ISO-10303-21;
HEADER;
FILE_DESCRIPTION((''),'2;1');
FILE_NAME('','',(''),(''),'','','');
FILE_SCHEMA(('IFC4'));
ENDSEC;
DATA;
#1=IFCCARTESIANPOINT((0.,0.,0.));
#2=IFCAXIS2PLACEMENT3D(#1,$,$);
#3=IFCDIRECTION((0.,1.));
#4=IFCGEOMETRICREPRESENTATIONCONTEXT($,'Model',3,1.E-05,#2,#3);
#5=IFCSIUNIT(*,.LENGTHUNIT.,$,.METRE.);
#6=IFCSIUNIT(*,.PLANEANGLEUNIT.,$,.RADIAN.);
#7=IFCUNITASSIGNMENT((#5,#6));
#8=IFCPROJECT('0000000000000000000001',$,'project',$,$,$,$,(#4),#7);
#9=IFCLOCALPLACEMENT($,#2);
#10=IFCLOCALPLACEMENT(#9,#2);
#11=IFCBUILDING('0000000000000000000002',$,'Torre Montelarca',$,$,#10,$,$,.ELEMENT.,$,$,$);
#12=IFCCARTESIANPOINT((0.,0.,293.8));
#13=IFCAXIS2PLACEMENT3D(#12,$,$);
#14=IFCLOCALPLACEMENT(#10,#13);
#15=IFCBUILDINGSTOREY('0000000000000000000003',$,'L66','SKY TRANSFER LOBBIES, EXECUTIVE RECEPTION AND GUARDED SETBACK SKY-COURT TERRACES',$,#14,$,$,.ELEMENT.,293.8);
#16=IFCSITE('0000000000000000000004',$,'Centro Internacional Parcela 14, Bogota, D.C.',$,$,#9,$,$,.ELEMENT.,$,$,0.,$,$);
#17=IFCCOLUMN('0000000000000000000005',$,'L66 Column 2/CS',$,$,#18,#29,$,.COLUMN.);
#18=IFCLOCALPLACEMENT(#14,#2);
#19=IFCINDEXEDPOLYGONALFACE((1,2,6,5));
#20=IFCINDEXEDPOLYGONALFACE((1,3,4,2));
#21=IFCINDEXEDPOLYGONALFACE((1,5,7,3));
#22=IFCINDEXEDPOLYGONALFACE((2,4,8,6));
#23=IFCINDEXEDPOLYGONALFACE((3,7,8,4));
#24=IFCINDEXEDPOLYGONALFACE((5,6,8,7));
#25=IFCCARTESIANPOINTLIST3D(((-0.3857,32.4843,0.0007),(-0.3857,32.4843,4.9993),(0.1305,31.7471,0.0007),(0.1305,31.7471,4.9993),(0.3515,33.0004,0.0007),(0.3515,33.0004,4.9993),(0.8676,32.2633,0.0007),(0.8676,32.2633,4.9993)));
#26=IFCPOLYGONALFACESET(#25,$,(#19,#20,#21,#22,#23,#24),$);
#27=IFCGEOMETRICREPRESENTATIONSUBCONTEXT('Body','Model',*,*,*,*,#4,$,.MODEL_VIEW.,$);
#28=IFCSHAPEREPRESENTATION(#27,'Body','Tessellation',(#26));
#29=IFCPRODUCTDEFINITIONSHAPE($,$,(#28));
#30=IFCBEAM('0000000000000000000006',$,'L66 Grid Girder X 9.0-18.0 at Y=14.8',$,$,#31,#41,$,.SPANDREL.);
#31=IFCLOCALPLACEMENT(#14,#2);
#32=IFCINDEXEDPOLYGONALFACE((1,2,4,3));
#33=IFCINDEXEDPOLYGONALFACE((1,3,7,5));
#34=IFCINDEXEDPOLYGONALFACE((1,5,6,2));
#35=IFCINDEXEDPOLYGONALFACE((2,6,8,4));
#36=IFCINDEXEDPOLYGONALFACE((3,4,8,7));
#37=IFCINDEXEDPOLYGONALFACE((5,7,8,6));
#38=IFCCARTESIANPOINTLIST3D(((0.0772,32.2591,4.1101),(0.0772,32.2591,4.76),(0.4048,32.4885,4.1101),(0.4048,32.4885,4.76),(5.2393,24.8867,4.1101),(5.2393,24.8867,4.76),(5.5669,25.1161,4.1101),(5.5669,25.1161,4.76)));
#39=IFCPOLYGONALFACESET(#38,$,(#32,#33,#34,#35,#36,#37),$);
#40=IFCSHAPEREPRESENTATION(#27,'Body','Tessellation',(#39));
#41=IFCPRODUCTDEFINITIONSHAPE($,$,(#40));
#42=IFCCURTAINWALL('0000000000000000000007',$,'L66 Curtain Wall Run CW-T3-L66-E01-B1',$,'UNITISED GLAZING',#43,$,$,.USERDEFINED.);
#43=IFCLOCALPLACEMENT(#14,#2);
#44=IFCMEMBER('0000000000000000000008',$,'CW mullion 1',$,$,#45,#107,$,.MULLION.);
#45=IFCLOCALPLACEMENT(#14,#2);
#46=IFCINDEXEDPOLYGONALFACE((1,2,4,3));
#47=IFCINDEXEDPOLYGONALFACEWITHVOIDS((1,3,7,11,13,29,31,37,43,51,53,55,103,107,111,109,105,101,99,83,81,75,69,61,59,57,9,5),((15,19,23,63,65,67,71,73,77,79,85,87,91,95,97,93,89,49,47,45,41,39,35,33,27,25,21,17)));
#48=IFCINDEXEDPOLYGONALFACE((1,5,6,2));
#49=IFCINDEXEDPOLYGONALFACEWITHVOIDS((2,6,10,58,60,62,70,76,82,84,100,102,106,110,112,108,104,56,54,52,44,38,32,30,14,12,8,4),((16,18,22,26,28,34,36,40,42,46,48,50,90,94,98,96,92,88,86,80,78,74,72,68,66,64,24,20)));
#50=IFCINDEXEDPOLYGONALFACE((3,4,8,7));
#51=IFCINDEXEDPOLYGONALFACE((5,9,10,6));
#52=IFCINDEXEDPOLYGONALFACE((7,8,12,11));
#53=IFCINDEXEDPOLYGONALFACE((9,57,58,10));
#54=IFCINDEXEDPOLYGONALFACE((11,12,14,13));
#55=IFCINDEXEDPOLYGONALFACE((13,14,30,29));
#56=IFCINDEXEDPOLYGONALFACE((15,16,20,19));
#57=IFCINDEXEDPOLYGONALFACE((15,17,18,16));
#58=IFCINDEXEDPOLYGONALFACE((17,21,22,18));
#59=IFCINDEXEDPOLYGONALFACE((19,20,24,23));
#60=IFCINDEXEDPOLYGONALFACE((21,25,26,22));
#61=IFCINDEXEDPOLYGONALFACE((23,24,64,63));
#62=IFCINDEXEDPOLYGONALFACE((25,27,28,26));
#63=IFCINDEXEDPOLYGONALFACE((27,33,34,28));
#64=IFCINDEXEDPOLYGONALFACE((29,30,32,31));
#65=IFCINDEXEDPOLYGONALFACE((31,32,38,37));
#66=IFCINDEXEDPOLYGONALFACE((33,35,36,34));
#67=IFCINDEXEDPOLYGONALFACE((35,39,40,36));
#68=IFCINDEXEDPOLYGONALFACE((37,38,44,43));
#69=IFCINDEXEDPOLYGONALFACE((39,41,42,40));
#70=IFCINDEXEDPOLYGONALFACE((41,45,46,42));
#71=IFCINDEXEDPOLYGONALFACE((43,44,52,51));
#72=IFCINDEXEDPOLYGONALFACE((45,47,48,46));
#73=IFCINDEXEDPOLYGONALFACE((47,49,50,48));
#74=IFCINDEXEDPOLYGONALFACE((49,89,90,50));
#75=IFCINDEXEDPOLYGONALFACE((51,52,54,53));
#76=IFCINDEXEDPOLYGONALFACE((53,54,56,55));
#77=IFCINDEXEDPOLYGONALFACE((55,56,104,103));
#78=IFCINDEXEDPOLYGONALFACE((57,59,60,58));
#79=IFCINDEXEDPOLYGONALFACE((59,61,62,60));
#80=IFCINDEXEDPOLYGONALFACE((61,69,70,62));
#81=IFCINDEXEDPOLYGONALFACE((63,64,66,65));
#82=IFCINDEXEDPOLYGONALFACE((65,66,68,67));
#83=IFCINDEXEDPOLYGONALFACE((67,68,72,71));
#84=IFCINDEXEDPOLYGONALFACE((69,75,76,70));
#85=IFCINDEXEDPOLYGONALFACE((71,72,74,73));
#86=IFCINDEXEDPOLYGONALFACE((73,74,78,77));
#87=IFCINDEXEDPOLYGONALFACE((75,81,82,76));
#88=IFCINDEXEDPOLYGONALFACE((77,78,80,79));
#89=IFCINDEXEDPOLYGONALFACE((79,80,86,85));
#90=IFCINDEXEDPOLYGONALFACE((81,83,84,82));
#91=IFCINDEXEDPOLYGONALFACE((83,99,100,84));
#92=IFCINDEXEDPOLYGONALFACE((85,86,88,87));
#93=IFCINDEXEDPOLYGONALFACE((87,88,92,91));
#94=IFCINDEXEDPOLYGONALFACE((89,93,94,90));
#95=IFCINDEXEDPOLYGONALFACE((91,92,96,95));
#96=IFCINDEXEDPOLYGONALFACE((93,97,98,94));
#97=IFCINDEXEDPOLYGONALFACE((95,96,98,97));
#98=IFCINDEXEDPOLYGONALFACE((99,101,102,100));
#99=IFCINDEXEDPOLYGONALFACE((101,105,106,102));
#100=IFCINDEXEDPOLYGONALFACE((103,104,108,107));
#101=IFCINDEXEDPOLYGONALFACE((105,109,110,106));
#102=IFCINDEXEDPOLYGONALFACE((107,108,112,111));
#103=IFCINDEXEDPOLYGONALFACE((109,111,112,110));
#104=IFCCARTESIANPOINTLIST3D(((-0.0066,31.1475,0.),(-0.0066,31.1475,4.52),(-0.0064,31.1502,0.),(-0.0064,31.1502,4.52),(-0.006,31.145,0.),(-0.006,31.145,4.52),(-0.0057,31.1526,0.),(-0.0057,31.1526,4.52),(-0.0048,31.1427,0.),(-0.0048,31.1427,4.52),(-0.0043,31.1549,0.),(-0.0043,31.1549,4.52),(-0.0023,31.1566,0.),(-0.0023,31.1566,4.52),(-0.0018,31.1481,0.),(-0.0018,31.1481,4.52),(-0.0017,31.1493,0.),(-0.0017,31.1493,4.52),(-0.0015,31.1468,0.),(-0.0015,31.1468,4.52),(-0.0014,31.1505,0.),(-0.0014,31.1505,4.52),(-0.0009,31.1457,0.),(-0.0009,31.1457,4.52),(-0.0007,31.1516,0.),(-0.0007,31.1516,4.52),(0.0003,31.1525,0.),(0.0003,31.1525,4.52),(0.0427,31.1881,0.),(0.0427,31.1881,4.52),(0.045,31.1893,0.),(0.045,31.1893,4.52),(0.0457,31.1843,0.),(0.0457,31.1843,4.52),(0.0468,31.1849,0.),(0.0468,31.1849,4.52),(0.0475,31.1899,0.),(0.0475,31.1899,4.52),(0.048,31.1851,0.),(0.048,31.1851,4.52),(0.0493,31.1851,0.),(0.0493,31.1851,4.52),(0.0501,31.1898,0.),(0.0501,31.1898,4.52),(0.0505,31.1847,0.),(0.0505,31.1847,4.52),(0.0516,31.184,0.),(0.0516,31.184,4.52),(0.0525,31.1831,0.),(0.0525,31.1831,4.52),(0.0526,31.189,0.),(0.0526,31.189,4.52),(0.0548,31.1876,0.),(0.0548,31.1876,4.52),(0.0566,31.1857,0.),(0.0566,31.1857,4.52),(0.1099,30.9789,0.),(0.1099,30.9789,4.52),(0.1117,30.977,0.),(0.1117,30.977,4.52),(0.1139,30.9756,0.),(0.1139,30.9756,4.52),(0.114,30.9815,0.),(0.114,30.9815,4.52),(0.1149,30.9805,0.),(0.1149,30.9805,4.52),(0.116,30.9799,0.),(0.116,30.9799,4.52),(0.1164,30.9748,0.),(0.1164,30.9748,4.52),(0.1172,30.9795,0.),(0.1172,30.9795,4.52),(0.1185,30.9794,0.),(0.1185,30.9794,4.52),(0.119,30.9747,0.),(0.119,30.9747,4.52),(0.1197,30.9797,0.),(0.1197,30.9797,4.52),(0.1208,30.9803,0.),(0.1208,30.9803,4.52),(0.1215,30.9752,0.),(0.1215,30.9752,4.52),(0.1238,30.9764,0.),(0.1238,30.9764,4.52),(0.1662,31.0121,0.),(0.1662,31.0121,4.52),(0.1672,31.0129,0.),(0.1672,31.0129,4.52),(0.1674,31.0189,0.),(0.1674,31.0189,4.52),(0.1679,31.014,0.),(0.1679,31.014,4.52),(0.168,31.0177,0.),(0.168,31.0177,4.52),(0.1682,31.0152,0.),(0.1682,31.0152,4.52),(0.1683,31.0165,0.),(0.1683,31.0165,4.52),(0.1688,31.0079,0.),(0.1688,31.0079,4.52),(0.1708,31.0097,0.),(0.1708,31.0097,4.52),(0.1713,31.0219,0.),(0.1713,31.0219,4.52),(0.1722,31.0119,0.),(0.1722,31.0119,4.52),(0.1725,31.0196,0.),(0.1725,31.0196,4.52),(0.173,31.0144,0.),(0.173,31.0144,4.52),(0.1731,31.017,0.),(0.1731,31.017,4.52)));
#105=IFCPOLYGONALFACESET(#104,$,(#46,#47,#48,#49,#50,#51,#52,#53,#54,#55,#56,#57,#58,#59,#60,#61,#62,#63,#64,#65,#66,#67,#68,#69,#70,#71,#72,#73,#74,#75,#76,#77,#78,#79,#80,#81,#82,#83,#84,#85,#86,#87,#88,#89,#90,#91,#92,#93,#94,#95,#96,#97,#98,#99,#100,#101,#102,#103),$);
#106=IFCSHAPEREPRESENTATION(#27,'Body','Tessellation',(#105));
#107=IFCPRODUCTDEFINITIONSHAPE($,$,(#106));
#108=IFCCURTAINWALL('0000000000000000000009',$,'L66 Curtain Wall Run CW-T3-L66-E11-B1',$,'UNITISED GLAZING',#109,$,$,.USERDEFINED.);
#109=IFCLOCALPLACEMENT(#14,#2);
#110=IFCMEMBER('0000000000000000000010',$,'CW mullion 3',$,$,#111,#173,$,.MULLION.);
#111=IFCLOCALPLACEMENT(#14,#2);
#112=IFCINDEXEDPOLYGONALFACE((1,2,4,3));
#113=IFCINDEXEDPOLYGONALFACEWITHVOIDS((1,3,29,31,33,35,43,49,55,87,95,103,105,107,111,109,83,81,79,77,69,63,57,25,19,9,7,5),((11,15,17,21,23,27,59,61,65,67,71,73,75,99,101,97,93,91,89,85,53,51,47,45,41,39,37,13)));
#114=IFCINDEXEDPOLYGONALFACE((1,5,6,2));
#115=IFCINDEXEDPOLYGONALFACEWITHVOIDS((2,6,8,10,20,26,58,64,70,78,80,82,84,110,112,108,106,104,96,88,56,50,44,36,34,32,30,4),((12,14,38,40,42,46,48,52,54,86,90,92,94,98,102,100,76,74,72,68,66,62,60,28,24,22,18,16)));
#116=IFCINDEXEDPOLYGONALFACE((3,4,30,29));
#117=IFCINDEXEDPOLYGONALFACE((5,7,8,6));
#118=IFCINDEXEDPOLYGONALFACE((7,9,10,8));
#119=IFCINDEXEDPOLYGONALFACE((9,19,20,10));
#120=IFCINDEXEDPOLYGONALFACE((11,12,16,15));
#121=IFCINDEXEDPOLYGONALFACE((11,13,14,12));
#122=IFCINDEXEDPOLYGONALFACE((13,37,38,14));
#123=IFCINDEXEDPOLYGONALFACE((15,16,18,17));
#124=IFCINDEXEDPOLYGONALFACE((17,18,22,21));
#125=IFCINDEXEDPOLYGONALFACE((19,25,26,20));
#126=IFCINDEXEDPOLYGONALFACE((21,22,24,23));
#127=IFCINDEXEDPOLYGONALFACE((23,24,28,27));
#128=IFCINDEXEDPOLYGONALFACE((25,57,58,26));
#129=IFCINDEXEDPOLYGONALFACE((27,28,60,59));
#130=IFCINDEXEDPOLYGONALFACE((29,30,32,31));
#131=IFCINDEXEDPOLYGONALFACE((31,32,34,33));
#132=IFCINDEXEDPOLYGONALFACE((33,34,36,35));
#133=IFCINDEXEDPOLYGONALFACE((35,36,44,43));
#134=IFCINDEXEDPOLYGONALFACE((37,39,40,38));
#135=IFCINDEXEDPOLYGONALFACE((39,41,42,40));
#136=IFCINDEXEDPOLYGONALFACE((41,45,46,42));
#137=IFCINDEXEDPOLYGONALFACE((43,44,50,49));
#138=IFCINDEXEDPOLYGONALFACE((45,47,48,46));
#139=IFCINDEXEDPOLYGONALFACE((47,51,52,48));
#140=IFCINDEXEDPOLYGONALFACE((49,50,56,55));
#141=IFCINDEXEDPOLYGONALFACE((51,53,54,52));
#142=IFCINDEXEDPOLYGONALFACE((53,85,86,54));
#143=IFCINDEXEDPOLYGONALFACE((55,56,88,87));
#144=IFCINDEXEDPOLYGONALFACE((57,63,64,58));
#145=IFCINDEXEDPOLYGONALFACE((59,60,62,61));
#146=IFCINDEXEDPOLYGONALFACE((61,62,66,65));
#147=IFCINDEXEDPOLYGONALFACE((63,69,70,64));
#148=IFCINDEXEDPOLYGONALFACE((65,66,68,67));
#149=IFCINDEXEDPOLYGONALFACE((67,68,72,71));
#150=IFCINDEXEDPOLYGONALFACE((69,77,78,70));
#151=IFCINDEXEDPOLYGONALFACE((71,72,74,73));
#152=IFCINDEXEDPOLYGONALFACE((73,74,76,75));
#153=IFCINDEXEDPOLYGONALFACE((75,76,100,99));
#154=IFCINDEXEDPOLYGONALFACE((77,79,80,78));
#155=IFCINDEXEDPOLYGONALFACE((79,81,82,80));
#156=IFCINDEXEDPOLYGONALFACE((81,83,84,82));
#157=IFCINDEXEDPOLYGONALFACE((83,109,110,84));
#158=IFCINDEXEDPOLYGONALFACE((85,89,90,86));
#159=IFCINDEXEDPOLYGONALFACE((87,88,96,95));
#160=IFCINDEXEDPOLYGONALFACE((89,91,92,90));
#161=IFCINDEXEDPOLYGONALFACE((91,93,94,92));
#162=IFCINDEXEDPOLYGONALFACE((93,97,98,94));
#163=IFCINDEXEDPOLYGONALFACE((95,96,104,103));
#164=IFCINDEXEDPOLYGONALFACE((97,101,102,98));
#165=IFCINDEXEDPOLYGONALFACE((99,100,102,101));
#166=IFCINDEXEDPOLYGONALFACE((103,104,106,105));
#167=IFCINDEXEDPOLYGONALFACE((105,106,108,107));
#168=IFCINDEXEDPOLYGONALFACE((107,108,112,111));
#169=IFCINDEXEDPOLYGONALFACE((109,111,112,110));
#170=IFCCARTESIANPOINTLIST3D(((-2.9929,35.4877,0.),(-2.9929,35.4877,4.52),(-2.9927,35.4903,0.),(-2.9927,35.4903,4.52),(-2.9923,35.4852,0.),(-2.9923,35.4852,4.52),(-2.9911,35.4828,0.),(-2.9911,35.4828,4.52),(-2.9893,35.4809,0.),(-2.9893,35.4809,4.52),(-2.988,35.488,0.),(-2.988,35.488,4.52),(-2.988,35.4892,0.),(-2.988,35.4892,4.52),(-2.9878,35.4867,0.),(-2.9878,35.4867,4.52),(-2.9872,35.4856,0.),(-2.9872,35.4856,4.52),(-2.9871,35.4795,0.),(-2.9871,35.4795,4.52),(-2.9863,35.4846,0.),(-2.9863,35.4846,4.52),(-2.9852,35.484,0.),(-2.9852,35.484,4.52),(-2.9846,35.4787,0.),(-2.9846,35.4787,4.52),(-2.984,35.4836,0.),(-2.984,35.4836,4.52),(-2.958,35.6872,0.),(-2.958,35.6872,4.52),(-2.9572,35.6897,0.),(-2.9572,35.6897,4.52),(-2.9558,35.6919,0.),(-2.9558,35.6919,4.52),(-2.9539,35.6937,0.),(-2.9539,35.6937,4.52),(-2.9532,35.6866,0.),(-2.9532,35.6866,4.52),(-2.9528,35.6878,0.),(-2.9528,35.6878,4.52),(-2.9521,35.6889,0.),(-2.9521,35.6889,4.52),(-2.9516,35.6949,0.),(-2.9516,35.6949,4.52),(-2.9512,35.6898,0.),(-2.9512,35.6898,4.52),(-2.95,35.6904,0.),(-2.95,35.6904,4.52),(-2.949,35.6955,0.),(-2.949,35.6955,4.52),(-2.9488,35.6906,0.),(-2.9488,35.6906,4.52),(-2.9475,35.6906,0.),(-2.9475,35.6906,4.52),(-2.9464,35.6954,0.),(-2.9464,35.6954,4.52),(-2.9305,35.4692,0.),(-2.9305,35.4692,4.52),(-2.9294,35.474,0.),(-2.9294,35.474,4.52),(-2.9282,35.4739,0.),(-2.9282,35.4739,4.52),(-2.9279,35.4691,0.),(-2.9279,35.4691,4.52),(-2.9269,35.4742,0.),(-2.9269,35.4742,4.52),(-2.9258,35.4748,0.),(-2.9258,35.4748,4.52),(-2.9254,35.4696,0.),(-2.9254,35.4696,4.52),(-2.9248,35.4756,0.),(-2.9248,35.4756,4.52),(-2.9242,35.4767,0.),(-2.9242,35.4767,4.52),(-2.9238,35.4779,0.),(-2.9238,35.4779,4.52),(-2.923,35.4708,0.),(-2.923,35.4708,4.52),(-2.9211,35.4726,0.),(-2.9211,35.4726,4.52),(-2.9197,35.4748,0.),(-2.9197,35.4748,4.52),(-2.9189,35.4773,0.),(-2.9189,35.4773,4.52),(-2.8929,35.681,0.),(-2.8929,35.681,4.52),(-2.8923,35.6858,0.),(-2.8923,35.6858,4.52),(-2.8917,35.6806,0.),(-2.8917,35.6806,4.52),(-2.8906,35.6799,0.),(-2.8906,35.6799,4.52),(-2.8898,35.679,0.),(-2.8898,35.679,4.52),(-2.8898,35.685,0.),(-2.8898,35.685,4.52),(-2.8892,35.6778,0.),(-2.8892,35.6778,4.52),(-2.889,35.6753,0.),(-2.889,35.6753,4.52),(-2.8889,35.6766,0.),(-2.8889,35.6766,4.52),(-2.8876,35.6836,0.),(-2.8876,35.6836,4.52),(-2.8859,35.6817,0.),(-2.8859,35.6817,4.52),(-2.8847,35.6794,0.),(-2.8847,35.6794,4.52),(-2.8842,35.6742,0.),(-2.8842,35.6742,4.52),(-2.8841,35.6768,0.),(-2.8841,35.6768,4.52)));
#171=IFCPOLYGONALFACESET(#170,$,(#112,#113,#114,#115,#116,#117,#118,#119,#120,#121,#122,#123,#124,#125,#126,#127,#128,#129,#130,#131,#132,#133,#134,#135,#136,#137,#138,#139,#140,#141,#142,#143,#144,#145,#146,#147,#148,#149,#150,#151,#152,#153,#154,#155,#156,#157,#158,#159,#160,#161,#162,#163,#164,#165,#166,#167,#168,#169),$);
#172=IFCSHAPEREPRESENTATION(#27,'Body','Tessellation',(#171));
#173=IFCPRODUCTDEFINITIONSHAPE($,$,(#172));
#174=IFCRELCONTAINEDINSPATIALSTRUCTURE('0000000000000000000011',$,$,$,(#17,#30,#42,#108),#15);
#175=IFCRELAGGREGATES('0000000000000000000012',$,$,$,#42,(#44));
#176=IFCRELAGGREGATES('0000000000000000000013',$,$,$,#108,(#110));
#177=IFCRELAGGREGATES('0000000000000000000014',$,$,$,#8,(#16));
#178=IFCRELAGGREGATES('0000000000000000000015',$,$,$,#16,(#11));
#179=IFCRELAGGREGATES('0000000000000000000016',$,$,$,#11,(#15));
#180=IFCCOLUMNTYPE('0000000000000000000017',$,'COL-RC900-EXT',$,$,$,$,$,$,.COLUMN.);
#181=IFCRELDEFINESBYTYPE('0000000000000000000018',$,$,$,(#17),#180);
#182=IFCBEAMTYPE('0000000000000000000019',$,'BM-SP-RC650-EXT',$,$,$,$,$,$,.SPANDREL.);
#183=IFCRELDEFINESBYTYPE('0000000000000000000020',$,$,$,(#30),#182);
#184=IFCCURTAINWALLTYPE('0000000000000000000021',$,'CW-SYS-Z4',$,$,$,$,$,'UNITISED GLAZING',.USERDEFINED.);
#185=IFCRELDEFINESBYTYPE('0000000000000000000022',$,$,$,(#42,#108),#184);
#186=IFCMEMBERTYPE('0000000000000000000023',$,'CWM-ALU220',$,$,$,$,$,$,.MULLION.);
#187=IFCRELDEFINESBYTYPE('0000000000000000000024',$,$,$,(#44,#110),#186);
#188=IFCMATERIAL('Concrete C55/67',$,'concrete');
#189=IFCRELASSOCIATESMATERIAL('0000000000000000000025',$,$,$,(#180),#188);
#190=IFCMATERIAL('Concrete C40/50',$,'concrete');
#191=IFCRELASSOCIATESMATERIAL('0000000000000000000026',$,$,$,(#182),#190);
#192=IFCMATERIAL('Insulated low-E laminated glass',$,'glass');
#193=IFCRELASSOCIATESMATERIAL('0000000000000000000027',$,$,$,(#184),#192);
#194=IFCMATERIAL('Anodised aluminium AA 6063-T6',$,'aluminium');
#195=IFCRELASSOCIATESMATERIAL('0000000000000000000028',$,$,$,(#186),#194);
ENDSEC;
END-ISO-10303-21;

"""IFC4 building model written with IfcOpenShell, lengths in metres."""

from ifc_helpers import new_model, si_unit, direction, frame, origin, origin_2d, place, context, subcontext, project, spatial, rectangle, hollow_rectangle, extrude, source, transform, mapped, material, material_profile, profile_set, type_object, element, aggregate, save


model = new_model("IFC4")

# Units and contexts
model_context = context("Model", 3, precision=1e-05, world=origin(), true_north=direction((0.0, 1.0)))
body_context = subcontext(model_context, "Body", "Model", "MODEL_VIEW")
ifc_project = project(units=[si_unit("LENGTHUNIT", "METRE"), si_unit("PLANEANGLEUNIT", "RADIAN")], contexts=[model_context])

# Site, building, storey
site_placement = place(None, origin())
site = spatial("IfcSite", under=ifc_project, at=site_placement, Name="Centro Internacional Parcela 14, Bogota, D.C.", CompositionType="ELEMENT", RefElevation=0.0)
building_placement = place(site_placement, origin())
building = spatial("IfcBuilding", under=site, at=building_placement, Name="Torre Montelarca", CompositionType="ELEMENT")
storey_placement = place(building_placement, frame((0.0, 0.0, 293.8)))
storey = spatial("IfcBuildingStorey", under=building, at=storey_placement, Name="L66", Description="SKY TRANSFER LOBBIES, EXECUTIVE RECEPTION AND GUARDED SETBACK SKY-COURT TERRACES", CompositionType="ELEMENT", Elevation=293.8)

# Column
ifc_material_1 = material(Name="Concrete C55/67", Category="concrete")
ifc_material_profile_1 = material_profile(ifc_material_1, rectangle(XDim=0.8999, YDim=0.8999, at=origin_2d()), Name="RC900X900", Category="concrete")
ifc_profile_set_1 = profile_set([ifc_material_profile_1], Name="Concrete C55/67")
column_type = type_object("IfcColumnType", Name="COL-RC900-EXT", PredefinedType="COLUMN", material=ifc_profile_set_1)
shared_shape_1 = source(origin(), body_context, "Body", "SweptSolid", [
    extrude(rectangle(XDim=0.8999, YDim=0.8999, at=origin_2d()), origin(), (0.0, 0.0, 1.0), 4.9985),
])
column_placement = place(storey_placement, frame((0.241, 32.3738, 0.0007), z_axis=(0.0, 0.0, 1.0), x_axis=(-0.573576, 0.819152, 0.0)))
element("IfcColumn", 1, at=column_placement, inside=storey, type_object=column_type, Name="L66 Column 2/CS", PredefinedType="COLUMN", context=body_context, shape_type="MappedRepresentation", body=[
    mapped(shared_shape_1, transform((0.0, 0.0, 0.0), scale=1.0)),
])

# Beam
ifc_material_2 = material(Name="Concrete C40/50", Category="concrete")
ifc_material_profile_2 = material_profile(ifc_material_2, rectangle(XDim=0.3999, YDim=0.6499, at=origin_2d()), Name="RCB400X650", Category="concrete")
ifc_profile_set_2 = profile_set([ifc_material_profile_2], Name="Concrete C40/50")
beam_type = type_object("IfcBeamType", Name="BM-SP-RC650-EXT", PredefinedType="SPANDREL", material=ifc_profile_set_2)
shared_shape_2 = source(origin(), body_context, "Body", "SweptSolid", [
    extrude(rectangle(XDim=0.3999, YDim=0.6499, at=origin_2d()), origin(), (0.0, 0.0, 1.0), 9.0),
])
beam_placement = place(storey_placement, frame((0.241, 32.3738, 4.4351), z_axis=(0.573573, -0.819154, 0.0), x_axis=(0.819154, 0.573573, 0.0)))
element("IfcBeam", 2, at=beam_placement, inside=storey, type_object=beam_type, Name="L66 Grid Girder X 9.0-18.0 at Y=14.8", PredefinedType="SPANDREL", context=body_context, shape_type="MappedRepresentation", body=[
    mapped(shared_shape_2, transform((0.0, 0.0, 0.0), scale=1.0)),
])

# Curtain walls, members
ifc_material_3 = material(Name="Insulated low-E laminated glass", Category="glass")
curtain_wall_type = type_object("IfcCurtainWallType", Name="CW-SYS-Z4", ElementType="UNITISED GLAZING", PredefinedType="USERDEFINED", material=ifc_material_3)
curtain_wall_1_placement = place(storey_placement, origin())
curtain_wall_1 = element("IfcCurtainWall", 3, at=curtain_wall_1_placement, inside=storey, type_object=curtain_wall_type, Name="L66 Curtain Wall Run CW-T3-L66-E01-B1", ObjectType="UNITISED GLAZING", PredefinedType="USERDEFINED")
ifc_material_4 = material(Name="Anodised aluminium AA 6063-T6", Category="aluminium")
ifc_material_profile_3 = material_profile(ifc_material_4, hollow_rectangle(XDim=0.075, YDim=0.22, WallThickness=0.0049, InnerFilletRadius=0.0049, OuterFilletRadius=0.01, at=origin_2d()), Name="ALU75X220X5", Category="aluminium")
ifc_profile_set_3 = profile_set([ifc_material_profile_3], Name="Anodised aluminium AA 6063-T6")
member_type_1 = type_object("IfcMemberType", Name="CWM-ALU220", PredefinedType="MULLION", material=ifc_profile_set_3)
shared_shape_3 = source(origin(), body_context, "Body", "SweptSolid", [
    extrude(hollow_rectangle(XDim=0.075, YDim=0.22, WallThickness=0.0049, InnerFilletRadius=0.0049, OuterFilletRadius=0.01, at=origin_2d()), origin(), (0.0, 0.0, 1.0), 4.52),
])
member_1_placement = place(storey_placement, frame((0.0833, 31.0823, 0.0), z_axis=(0.0, 0.0, 1.0), x_axis=(0.819157, 0.573569, 0.0)))
member_1 = element("IfcMember", 4, at=member_1_placement, type_object=member_type_1, Name="CW mullion 1", PredefinedType="MULLION", context=body_context, shape_type="MappedRepresentation", body=[
    mapped(shared_shape_3, transform((0.0, 0.0, 0.0), scale=1.0)),
])
curtain_wall_2_placement = place(storey_placement, origin())
curtain_wall_2 = element("IfcCurtainWall", 5, at=curtain_wall_2_placement, inside=storey, type_object=curtain_wall_type, Name="L66 Curtain Wall Run CW-T3-L66-E11-B1", ObjectType="UNITISED GLAZING", PredefinedType="USERDEFINED")
member_2_placement = place(storey_placement, frame((-2.9385, 35.5823, 0.0), z_axis=(0.0, 0.0, 1.0), x_axis=(0.98481, -0.173635, 0.0)))
member_2 = element("IfcMember", 6, at=member_2_placement, type_object=member_type_1, Name="CW mullion 3", PredefinedType="MULLION", context=body_context, shape_type="MappedRepresentation", body=[
    mapped(shared_shape_3, transform((0.0, 0.0, 0.0), scale=1.0)),
])

aggregate(curtain_wall_1, [member_1])
aggregate(curtain_wall_2, [member_2])

save(model, "model.ifc")
